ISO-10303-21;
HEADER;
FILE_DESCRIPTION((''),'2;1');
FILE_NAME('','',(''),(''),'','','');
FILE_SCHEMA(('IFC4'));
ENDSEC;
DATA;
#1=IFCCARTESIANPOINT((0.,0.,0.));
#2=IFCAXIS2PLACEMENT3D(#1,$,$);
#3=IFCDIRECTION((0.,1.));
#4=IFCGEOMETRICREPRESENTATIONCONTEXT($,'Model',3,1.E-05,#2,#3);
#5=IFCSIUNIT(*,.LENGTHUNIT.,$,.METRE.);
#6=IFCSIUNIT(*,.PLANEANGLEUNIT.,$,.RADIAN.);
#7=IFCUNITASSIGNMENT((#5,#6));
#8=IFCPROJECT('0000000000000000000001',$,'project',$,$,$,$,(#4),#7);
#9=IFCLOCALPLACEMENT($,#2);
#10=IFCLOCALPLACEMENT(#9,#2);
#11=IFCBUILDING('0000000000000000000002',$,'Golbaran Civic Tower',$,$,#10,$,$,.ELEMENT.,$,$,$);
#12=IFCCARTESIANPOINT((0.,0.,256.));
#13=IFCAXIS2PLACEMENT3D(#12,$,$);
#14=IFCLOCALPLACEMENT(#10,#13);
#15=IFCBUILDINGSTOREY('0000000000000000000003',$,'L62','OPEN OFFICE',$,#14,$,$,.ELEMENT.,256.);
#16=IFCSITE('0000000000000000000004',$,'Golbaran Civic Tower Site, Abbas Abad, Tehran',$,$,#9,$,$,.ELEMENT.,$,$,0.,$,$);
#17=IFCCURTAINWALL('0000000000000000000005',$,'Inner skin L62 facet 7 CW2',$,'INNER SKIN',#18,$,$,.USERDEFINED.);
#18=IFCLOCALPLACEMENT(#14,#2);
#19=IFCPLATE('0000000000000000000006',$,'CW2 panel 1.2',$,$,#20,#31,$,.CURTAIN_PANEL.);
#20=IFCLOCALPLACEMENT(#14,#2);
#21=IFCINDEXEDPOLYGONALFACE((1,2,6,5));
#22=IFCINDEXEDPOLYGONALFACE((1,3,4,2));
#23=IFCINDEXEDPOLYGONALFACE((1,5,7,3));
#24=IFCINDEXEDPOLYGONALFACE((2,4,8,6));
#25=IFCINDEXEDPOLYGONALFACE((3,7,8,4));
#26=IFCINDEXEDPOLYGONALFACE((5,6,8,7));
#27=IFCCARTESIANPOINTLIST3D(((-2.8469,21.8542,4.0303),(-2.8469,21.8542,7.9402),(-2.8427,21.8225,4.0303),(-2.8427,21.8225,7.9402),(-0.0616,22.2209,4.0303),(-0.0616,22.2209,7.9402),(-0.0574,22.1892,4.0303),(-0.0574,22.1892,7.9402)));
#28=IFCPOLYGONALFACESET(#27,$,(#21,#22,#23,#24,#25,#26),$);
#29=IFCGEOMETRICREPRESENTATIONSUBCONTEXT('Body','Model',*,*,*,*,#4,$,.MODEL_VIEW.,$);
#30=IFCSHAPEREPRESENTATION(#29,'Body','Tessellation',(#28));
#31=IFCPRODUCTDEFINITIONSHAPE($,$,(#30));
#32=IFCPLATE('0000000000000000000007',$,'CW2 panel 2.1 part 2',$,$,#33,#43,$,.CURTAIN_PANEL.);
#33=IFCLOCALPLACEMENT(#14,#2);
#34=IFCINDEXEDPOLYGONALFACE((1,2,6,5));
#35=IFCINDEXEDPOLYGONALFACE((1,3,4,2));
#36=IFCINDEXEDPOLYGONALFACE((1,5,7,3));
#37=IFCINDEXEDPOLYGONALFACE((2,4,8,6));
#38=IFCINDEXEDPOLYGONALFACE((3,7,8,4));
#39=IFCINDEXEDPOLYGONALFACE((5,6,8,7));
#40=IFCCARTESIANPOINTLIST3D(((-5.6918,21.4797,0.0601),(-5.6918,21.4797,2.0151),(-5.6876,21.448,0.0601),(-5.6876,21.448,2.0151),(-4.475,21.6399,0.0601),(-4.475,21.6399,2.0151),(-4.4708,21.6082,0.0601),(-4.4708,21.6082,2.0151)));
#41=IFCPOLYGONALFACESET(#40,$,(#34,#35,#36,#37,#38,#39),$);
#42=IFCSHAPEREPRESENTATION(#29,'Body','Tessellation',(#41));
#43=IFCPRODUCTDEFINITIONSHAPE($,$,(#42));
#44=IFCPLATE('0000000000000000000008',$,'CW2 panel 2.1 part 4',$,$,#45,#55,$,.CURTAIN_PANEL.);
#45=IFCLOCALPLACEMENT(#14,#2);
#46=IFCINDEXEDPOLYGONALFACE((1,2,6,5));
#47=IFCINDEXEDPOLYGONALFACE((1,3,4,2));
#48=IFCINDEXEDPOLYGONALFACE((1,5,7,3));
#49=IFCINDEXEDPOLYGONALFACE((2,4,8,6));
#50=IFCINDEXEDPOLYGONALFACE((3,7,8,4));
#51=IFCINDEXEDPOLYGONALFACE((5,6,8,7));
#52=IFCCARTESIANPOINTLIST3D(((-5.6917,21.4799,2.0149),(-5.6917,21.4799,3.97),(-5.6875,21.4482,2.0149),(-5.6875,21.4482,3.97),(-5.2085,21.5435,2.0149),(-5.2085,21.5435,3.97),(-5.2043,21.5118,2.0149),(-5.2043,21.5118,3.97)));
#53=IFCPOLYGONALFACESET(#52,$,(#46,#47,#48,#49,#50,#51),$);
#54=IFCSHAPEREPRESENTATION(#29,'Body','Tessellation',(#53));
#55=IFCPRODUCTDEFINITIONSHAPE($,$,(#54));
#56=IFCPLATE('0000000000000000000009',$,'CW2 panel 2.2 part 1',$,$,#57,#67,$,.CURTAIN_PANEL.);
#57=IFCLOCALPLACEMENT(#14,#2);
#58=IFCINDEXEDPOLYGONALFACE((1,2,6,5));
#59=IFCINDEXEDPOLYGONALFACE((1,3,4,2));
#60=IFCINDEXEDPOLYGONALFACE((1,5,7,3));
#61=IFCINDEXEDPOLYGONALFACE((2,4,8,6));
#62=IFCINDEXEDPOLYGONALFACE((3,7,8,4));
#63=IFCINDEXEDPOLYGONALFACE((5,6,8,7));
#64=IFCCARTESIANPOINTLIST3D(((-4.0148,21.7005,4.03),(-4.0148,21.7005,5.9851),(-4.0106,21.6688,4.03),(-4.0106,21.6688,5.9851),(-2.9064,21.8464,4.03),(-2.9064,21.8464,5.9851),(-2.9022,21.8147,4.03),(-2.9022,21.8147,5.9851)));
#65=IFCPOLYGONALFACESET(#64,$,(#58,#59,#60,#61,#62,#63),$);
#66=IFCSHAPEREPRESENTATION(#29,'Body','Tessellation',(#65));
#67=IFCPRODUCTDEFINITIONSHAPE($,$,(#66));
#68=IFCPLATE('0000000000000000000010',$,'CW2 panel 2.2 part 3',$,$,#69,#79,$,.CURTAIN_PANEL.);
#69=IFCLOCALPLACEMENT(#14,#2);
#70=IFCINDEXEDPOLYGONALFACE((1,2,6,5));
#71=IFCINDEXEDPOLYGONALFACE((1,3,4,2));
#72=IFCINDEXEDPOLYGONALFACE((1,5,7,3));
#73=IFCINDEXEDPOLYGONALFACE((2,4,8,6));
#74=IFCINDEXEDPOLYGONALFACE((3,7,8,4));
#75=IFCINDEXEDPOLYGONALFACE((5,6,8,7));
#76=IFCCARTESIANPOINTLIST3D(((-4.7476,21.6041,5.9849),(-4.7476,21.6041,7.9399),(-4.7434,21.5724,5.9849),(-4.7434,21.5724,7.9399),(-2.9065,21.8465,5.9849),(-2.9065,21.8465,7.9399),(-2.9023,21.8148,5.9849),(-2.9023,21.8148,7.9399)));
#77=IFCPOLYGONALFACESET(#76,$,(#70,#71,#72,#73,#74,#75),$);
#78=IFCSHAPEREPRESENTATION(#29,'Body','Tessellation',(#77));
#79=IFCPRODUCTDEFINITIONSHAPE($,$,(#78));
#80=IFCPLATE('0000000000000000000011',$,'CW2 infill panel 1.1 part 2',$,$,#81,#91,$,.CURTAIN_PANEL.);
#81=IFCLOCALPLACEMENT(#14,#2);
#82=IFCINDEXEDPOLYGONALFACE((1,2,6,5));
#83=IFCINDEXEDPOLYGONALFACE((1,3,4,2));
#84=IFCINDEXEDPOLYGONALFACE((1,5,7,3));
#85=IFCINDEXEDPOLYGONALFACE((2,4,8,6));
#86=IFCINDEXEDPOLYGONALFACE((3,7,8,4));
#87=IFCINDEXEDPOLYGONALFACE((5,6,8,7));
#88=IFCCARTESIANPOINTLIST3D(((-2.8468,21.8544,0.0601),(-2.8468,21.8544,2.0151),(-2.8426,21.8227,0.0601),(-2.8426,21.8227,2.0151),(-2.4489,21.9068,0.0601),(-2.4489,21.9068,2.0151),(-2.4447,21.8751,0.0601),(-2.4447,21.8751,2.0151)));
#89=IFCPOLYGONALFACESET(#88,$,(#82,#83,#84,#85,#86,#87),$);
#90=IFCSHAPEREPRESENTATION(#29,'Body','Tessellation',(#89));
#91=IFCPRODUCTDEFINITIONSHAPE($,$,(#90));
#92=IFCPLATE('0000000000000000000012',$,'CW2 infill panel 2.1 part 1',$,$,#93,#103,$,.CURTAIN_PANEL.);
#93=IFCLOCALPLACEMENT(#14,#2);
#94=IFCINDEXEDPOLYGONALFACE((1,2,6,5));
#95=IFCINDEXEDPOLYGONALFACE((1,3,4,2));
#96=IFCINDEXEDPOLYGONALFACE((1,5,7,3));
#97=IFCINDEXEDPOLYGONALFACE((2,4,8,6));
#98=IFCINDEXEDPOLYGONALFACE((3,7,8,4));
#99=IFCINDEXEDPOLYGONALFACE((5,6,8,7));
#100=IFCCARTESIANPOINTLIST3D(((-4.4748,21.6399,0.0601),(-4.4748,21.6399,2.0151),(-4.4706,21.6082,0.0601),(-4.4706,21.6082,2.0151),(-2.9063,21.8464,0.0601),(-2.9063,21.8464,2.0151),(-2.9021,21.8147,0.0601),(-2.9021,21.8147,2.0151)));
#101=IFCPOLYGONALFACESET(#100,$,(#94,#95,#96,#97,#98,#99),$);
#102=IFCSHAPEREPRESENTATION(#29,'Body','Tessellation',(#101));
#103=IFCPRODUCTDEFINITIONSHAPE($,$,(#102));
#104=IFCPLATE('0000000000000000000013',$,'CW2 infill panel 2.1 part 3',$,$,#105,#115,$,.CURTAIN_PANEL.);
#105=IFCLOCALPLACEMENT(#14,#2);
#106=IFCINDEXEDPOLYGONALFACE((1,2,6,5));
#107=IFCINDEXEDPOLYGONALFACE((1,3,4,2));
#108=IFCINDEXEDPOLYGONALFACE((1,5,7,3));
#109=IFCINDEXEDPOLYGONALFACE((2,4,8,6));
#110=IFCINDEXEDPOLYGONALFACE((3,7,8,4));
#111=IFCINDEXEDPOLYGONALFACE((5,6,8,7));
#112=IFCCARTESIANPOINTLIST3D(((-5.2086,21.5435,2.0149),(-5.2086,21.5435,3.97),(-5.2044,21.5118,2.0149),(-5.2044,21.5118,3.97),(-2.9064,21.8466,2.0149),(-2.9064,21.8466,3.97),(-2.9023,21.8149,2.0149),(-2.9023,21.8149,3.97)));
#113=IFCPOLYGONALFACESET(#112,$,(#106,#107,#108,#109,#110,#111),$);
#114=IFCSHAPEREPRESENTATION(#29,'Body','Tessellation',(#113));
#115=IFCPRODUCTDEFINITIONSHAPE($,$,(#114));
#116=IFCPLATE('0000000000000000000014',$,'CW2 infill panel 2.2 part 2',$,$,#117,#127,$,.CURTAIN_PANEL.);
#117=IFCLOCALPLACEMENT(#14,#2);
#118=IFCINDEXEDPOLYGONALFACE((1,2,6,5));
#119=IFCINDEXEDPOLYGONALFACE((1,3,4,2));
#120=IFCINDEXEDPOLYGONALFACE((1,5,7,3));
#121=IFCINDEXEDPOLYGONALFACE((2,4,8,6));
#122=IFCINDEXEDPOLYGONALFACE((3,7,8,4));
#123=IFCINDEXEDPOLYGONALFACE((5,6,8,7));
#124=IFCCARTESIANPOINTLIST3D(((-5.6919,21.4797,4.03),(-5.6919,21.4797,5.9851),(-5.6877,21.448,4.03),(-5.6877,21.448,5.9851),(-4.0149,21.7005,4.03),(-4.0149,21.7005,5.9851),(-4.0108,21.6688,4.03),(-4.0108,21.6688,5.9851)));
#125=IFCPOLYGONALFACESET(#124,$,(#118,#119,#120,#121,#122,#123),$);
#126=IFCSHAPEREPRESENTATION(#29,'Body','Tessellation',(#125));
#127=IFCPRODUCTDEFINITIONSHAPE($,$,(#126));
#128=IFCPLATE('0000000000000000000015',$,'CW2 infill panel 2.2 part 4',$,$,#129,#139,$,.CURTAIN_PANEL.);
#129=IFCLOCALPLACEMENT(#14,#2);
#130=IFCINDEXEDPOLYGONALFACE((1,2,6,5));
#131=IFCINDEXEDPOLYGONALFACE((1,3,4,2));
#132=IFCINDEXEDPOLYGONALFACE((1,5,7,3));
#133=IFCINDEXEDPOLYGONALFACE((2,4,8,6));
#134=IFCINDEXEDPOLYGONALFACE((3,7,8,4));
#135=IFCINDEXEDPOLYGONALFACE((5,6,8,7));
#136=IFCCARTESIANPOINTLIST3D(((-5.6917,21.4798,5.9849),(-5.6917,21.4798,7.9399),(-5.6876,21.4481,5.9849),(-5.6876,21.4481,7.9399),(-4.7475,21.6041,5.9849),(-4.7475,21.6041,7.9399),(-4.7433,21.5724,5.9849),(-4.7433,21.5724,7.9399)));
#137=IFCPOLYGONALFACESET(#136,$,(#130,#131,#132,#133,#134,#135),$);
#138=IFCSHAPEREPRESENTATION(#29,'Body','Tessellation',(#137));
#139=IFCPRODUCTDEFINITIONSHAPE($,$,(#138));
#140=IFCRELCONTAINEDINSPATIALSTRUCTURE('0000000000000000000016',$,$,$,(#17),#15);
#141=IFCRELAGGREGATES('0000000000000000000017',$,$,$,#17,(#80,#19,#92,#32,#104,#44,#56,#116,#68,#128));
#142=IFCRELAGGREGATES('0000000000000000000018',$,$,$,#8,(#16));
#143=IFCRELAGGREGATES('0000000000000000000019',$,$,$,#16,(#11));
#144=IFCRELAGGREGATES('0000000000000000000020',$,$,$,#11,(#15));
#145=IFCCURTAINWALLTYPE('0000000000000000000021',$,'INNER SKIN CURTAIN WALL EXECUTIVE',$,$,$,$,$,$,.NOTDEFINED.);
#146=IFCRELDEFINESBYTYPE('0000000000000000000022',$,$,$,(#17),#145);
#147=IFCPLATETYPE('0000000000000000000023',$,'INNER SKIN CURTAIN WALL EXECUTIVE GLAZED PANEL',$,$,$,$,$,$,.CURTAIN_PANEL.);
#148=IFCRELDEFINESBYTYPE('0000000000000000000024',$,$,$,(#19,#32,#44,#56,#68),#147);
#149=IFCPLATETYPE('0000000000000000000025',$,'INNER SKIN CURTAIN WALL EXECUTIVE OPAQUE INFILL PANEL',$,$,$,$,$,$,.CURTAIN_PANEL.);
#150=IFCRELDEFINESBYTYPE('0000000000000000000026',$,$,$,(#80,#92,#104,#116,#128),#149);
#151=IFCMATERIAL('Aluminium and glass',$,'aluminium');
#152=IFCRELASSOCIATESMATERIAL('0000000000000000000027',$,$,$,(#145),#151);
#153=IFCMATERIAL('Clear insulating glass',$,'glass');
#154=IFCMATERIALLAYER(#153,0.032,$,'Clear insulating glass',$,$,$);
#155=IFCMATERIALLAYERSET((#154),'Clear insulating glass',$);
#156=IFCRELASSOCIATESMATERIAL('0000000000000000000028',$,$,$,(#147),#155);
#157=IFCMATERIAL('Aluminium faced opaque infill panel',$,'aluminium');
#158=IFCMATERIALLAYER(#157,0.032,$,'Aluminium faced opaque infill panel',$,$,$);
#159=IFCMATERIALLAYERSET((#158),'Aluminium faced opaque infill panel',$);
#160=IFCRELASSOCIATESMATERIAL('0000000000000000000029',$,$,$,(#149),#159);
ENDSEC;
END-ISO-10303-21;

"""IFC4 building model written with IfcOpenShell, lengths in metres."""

from ifc_helpers import new_model, si_unit, direction, frame, origin, origin_2d, place, context, subcontext, project, spatial, rectangle, extrude, material, layer, layer_set, type_object, element, aggregate, save


model = new_model("IFC4")

# Units and contexts
model_context = context("Model", 3, precision=1e-05, world=origin(), true_north=direction((0.0, 1.0)))
body_context = subcontext(model_context, "Body", "Model", "MODEL_VIEW")
ifc_project = project(units=[si_unit("LENGTHUNIT", "METRE"), si_unit("PLANEANGLEUNIT", "RADIAN")], contexts=[model_context])

# Site, building, storey
site_placement = place(None, origin())
site = spatial("IfcSite", under=ifc_project, at=site_placement, Name="Golbaran Civic Tower Site, Abbas Abad, Tehran", CompositionType="ELEMENT", RefElevation=0.0)
building_placement = place(site_placement, origin())
building = spatial("IfcBuilding", under=site, at=building_placement, Name="Golbaran Civic Tower", CompositionType="ELEMENT")
storey_placement = place(building_placement, frame((0.0, 0.0, 256.0)))
storey = spatial("IfcBuildingStorey", under=building, at=storey_placement, Name="L62", Description="OPEN OFFICE", CompositionType="ELEMENT", Elevation=256.0)

# Curtain wall, plates
ifc_material_1 = material(Name="Aluminium and glass", Category="aluminium")
curtain_wall_type = type_object("IfcCurtainWallType", Name="INNER SKIN CURTAIN WALL EXECUTIVE", PredefinedType="NOTDEFINED", material=ifc_material_1)
curtain_wall_placement = place(storey_placement, origin())
curtain_wall = element("IfcCurtainWall", 1, at=curtain_wall_placement, inside=storey, type_object=curtain_wall_type, Name="Inner skin L62 facet 7 CW2", ObjectType="INNER SKIN", PredefinedType="USERDEFINED")
ifc_material_2 = material(Name="Clear insulating glass", Category="glass")
ifc_layer_1 = layer(ifc_material_2, 0.032, Name="Clear insulating glass")
ifc_layer_set_1 = layer_set([ifc_layer_1], Name="Clear insulating glass")
plate_type_1 = type_object("IfcPlateType", Name="INNER SKIN CURTAIN WALL EXECUTIVE GLAZED PANEL", PredefinedType="CURTAIN_PANEL", material=ifc_layer_set_1)
plate_1_placement = place(storey_placement, frame((-1.4521, 22.0217, 4.0303), z_axis=(0.0, 0.0, 1.0), x_axis=(-0.991445, -0.130526, 0.0)))
plate_1 = element("IfcPlate", 2, at=plate_1_placement, type_object=plate_type_1, Name="CW2 panel 1.2", PredefinedType="CURTAIN_PANEL", context=body_context, shape_type="SweptSolid", body=[
    extrude(rectangle(XDim=2.8093, YDim=0.032, at=origin_2d()), origin(), (0.0, 0.0, 1.0), 3.9099),
])
plate_2_placement = place(storey_placement, frame((-5.0813, 21.5439, 0.0601), z_axis=(0.0, 0.0, 1.0), x_axis=(-0.991445, -0.130526, 0.0)))
plate_2 = element("IfcPlate", 3, at=plate_2_placement, type_object=plate_type_1, Name="CW2 panel 2.1 part 2", PredefinedType="CURTAIN_PANEL", context=body_context, shape_type="SweptSolid", body=[
    extrude(rectangle(XDim=1.2273, YDim=0.032, at=origin_2d()), origin(), (0.0, 0.0, 1.0), 1.9551),
])
plate_3_placement = place(storey_placement, frame((-5.448, 21.4958, 2.0149), z_axis=(0.0, 0.0, 1.0), x_axis=(-0.991445, -0.130526, 0.0)))
plate_3 = element("IfcPlate", 4, at=plate_3_placement, type_object=plate_type_1, Name="CW2 panel 2.1 part 4", PredefinedType="CURTAIN_PANEL", context=body_context, shape_type="SweptSolid", body=[
    extrude(rectangle(XDim=0.4873, YDim=0.032, at=origin_2d()), origin(), (0.0, 0.0, 1.0), 1.9551),
])
plate_4_placement = place(storey_placement, frame((-3.4585, 21.7576, 4.03), z_axis=(0.0, 0.0, 1.0), x_axis=(-0.991445, -0.130526, 0.0)))
plate_4 = element("IfcPlate", 5, at=plate_4_placement, type_object=plate_type_1, Name="CW2 panel 2.2 part 1", PredefinedType="CURTAIN_PANEL", context=body_context, shape_type="SweptSolid", body=[
    extrude(rectangle(XDim=1.1179, YDim=0.032, at=origin_2d()), origin(), (0.0, 0.0, 1.0), 1.9551),
])
plate_5_placement = place(storey_placement, frame((-3.825, 21.7095, 5.9849), z_axis=(0.0, 0.0, 1.0), x_axis=(-0.991445, -0.130526, 0.0)))
plate_5 = element("IfcPlate", 6, at=plate_5_placement, type_object=plate_type_1, Name="CW2 panel 2.2 part 3", PredefinedType="CURTAIN_PANEL", context=body_context, shape_type="SweptSolid", body=[
    extrude(rectangle(XDim=1.8569, YDim=0.032, at=origin_2d()), origin(), (0.0, 0.0, 1.0), 1.9551),
])
ifc_material_3 = material(Name="Aluminium faced opaque infill panel", Category="aluminium")
ifc_layer_2 = layer(ifc_material_3, 0.032, Name="Aluminium faced opaque infill panel")
ifc_layer_set_2 = layer_set([ifc_layer_2], Name="Aluminium faced opaque infill panel")
plate_type_2 = type_object("IfcPlateType", Name="INNER SKIN CURTAIN WALL EXECUTIVE OPAQUE INFILL PANEL", PredefinedType="CURTAIN_PANEL", material=ifc_layer_set_2)
plate_6_placement = place(storey_placement, frame((-2.6458, 21.8647, 0.0601), z_axis=(0.0, 0.0, 1.0), x_axis=(-0.991445, -0.130526, 0.0)))
plate_6 = element("IfcPlate", 7, at=plate_6_placement, type_object=plate_type_2, Name="CW2 infill panel 1.1 part 2", PredefinedType="CURTAIN_PANEL", context=body_context, shape_type="SweptSolid", body=[
    extrude(rectangle(XDim=0.4014, YDim=0.032, at=origin_2d()), origin(), (0.0, 0.0, 1.0), 1.9551),
])
plate_7_placement = place(storey_placement, frame((-3.6885, 21.7273, 0.0601), z_axis=(0.0, 0.0, 1.0), x_axis=(-0.991445, -0.130526, 0.0)))
plate_7 = element("IfcPlate", 8, at=plate_7_placement, type_object=plate_type_2, Name="CW2 infill panel 2.1 part 1", PredefinedType="CURTAIN_PANEL", context=body_context, shape_type="SweptSolid", body=[
    extrude(rectangle(XDim=1.582, YDim=0.032, at=origin_2d()), origin(), (0.0, 0.0, 1.0), 1.9551),
])
plate_8_placement = place(storey_placement, frame((-4.0554, 21.6792, 2.0149), z_axis=(0.0, 0.0, 1.0), x_axis=(-0.991445, -0.130526, 0.0)))
plate_8 = element("IfcPlate", 9, at=plate_8_placement, type_object=plate_type_2, Name="CW2 infill panel 2.1 part 3", PredefinedType="CURTAIN_PANEL", context=body_context, shape_type="SweptSolid", body=[
    extrude(rectangle(XDim=2.322, YDim=0.032, at=origin_2d()), origin(), (0.0, 0.0, 1.0), 1.9551),
])
plate_9_placement = place(storey_placement, frame((-4.8513, 21.5742, 4.03), z_axis=(0.0, 0.0, 1.0), x_axis=(-0.991445, -0.130526, 0.0)))
plate_9 = element("IfcPlate", 10, at=plate_9_placement, type_object=plate_type_2, Name="CW2 infill panel 2.2 part 2", PredefinedType="CURTAIN_PANEL", context=body_context, shape_type="SweptSolid", body=[
    extrude(rectangle(XDim=1.6914, YDim=0.032, at=origin_2d()), origin(), (0.0, 0.0, 1.0), 1.9551),
])
plate_10_placement = place(storey_placement, frame((-5.2175, 21.5261, 5.9849), z_axis=(0.0, 0.0, 1.0), x_axis=(-0.991445, -0.130526, 0.0)))
plate_10 = element("IfcPlate", 11, at=plate_10_placement, type_object=plate_type_2, Name="CW2 infill panel 2.2 part 4", PredefinedType="CURTAIN_PANEL", context=body_context, shape_type="SweptSolid", body=[
    extrude(rectangle(XDim=0.9524, YDim=0.032, at=origin_2d()), origin(), (0.0, 0.0, 1.0), 1.9551),
])
aggregate(curtain_wall, [plate_6, plate_1, plate_7, plate_2, plate_8, plate_3, plate_4, plate_9, plate_5, plate_10])

save(model, "model.ifc")
